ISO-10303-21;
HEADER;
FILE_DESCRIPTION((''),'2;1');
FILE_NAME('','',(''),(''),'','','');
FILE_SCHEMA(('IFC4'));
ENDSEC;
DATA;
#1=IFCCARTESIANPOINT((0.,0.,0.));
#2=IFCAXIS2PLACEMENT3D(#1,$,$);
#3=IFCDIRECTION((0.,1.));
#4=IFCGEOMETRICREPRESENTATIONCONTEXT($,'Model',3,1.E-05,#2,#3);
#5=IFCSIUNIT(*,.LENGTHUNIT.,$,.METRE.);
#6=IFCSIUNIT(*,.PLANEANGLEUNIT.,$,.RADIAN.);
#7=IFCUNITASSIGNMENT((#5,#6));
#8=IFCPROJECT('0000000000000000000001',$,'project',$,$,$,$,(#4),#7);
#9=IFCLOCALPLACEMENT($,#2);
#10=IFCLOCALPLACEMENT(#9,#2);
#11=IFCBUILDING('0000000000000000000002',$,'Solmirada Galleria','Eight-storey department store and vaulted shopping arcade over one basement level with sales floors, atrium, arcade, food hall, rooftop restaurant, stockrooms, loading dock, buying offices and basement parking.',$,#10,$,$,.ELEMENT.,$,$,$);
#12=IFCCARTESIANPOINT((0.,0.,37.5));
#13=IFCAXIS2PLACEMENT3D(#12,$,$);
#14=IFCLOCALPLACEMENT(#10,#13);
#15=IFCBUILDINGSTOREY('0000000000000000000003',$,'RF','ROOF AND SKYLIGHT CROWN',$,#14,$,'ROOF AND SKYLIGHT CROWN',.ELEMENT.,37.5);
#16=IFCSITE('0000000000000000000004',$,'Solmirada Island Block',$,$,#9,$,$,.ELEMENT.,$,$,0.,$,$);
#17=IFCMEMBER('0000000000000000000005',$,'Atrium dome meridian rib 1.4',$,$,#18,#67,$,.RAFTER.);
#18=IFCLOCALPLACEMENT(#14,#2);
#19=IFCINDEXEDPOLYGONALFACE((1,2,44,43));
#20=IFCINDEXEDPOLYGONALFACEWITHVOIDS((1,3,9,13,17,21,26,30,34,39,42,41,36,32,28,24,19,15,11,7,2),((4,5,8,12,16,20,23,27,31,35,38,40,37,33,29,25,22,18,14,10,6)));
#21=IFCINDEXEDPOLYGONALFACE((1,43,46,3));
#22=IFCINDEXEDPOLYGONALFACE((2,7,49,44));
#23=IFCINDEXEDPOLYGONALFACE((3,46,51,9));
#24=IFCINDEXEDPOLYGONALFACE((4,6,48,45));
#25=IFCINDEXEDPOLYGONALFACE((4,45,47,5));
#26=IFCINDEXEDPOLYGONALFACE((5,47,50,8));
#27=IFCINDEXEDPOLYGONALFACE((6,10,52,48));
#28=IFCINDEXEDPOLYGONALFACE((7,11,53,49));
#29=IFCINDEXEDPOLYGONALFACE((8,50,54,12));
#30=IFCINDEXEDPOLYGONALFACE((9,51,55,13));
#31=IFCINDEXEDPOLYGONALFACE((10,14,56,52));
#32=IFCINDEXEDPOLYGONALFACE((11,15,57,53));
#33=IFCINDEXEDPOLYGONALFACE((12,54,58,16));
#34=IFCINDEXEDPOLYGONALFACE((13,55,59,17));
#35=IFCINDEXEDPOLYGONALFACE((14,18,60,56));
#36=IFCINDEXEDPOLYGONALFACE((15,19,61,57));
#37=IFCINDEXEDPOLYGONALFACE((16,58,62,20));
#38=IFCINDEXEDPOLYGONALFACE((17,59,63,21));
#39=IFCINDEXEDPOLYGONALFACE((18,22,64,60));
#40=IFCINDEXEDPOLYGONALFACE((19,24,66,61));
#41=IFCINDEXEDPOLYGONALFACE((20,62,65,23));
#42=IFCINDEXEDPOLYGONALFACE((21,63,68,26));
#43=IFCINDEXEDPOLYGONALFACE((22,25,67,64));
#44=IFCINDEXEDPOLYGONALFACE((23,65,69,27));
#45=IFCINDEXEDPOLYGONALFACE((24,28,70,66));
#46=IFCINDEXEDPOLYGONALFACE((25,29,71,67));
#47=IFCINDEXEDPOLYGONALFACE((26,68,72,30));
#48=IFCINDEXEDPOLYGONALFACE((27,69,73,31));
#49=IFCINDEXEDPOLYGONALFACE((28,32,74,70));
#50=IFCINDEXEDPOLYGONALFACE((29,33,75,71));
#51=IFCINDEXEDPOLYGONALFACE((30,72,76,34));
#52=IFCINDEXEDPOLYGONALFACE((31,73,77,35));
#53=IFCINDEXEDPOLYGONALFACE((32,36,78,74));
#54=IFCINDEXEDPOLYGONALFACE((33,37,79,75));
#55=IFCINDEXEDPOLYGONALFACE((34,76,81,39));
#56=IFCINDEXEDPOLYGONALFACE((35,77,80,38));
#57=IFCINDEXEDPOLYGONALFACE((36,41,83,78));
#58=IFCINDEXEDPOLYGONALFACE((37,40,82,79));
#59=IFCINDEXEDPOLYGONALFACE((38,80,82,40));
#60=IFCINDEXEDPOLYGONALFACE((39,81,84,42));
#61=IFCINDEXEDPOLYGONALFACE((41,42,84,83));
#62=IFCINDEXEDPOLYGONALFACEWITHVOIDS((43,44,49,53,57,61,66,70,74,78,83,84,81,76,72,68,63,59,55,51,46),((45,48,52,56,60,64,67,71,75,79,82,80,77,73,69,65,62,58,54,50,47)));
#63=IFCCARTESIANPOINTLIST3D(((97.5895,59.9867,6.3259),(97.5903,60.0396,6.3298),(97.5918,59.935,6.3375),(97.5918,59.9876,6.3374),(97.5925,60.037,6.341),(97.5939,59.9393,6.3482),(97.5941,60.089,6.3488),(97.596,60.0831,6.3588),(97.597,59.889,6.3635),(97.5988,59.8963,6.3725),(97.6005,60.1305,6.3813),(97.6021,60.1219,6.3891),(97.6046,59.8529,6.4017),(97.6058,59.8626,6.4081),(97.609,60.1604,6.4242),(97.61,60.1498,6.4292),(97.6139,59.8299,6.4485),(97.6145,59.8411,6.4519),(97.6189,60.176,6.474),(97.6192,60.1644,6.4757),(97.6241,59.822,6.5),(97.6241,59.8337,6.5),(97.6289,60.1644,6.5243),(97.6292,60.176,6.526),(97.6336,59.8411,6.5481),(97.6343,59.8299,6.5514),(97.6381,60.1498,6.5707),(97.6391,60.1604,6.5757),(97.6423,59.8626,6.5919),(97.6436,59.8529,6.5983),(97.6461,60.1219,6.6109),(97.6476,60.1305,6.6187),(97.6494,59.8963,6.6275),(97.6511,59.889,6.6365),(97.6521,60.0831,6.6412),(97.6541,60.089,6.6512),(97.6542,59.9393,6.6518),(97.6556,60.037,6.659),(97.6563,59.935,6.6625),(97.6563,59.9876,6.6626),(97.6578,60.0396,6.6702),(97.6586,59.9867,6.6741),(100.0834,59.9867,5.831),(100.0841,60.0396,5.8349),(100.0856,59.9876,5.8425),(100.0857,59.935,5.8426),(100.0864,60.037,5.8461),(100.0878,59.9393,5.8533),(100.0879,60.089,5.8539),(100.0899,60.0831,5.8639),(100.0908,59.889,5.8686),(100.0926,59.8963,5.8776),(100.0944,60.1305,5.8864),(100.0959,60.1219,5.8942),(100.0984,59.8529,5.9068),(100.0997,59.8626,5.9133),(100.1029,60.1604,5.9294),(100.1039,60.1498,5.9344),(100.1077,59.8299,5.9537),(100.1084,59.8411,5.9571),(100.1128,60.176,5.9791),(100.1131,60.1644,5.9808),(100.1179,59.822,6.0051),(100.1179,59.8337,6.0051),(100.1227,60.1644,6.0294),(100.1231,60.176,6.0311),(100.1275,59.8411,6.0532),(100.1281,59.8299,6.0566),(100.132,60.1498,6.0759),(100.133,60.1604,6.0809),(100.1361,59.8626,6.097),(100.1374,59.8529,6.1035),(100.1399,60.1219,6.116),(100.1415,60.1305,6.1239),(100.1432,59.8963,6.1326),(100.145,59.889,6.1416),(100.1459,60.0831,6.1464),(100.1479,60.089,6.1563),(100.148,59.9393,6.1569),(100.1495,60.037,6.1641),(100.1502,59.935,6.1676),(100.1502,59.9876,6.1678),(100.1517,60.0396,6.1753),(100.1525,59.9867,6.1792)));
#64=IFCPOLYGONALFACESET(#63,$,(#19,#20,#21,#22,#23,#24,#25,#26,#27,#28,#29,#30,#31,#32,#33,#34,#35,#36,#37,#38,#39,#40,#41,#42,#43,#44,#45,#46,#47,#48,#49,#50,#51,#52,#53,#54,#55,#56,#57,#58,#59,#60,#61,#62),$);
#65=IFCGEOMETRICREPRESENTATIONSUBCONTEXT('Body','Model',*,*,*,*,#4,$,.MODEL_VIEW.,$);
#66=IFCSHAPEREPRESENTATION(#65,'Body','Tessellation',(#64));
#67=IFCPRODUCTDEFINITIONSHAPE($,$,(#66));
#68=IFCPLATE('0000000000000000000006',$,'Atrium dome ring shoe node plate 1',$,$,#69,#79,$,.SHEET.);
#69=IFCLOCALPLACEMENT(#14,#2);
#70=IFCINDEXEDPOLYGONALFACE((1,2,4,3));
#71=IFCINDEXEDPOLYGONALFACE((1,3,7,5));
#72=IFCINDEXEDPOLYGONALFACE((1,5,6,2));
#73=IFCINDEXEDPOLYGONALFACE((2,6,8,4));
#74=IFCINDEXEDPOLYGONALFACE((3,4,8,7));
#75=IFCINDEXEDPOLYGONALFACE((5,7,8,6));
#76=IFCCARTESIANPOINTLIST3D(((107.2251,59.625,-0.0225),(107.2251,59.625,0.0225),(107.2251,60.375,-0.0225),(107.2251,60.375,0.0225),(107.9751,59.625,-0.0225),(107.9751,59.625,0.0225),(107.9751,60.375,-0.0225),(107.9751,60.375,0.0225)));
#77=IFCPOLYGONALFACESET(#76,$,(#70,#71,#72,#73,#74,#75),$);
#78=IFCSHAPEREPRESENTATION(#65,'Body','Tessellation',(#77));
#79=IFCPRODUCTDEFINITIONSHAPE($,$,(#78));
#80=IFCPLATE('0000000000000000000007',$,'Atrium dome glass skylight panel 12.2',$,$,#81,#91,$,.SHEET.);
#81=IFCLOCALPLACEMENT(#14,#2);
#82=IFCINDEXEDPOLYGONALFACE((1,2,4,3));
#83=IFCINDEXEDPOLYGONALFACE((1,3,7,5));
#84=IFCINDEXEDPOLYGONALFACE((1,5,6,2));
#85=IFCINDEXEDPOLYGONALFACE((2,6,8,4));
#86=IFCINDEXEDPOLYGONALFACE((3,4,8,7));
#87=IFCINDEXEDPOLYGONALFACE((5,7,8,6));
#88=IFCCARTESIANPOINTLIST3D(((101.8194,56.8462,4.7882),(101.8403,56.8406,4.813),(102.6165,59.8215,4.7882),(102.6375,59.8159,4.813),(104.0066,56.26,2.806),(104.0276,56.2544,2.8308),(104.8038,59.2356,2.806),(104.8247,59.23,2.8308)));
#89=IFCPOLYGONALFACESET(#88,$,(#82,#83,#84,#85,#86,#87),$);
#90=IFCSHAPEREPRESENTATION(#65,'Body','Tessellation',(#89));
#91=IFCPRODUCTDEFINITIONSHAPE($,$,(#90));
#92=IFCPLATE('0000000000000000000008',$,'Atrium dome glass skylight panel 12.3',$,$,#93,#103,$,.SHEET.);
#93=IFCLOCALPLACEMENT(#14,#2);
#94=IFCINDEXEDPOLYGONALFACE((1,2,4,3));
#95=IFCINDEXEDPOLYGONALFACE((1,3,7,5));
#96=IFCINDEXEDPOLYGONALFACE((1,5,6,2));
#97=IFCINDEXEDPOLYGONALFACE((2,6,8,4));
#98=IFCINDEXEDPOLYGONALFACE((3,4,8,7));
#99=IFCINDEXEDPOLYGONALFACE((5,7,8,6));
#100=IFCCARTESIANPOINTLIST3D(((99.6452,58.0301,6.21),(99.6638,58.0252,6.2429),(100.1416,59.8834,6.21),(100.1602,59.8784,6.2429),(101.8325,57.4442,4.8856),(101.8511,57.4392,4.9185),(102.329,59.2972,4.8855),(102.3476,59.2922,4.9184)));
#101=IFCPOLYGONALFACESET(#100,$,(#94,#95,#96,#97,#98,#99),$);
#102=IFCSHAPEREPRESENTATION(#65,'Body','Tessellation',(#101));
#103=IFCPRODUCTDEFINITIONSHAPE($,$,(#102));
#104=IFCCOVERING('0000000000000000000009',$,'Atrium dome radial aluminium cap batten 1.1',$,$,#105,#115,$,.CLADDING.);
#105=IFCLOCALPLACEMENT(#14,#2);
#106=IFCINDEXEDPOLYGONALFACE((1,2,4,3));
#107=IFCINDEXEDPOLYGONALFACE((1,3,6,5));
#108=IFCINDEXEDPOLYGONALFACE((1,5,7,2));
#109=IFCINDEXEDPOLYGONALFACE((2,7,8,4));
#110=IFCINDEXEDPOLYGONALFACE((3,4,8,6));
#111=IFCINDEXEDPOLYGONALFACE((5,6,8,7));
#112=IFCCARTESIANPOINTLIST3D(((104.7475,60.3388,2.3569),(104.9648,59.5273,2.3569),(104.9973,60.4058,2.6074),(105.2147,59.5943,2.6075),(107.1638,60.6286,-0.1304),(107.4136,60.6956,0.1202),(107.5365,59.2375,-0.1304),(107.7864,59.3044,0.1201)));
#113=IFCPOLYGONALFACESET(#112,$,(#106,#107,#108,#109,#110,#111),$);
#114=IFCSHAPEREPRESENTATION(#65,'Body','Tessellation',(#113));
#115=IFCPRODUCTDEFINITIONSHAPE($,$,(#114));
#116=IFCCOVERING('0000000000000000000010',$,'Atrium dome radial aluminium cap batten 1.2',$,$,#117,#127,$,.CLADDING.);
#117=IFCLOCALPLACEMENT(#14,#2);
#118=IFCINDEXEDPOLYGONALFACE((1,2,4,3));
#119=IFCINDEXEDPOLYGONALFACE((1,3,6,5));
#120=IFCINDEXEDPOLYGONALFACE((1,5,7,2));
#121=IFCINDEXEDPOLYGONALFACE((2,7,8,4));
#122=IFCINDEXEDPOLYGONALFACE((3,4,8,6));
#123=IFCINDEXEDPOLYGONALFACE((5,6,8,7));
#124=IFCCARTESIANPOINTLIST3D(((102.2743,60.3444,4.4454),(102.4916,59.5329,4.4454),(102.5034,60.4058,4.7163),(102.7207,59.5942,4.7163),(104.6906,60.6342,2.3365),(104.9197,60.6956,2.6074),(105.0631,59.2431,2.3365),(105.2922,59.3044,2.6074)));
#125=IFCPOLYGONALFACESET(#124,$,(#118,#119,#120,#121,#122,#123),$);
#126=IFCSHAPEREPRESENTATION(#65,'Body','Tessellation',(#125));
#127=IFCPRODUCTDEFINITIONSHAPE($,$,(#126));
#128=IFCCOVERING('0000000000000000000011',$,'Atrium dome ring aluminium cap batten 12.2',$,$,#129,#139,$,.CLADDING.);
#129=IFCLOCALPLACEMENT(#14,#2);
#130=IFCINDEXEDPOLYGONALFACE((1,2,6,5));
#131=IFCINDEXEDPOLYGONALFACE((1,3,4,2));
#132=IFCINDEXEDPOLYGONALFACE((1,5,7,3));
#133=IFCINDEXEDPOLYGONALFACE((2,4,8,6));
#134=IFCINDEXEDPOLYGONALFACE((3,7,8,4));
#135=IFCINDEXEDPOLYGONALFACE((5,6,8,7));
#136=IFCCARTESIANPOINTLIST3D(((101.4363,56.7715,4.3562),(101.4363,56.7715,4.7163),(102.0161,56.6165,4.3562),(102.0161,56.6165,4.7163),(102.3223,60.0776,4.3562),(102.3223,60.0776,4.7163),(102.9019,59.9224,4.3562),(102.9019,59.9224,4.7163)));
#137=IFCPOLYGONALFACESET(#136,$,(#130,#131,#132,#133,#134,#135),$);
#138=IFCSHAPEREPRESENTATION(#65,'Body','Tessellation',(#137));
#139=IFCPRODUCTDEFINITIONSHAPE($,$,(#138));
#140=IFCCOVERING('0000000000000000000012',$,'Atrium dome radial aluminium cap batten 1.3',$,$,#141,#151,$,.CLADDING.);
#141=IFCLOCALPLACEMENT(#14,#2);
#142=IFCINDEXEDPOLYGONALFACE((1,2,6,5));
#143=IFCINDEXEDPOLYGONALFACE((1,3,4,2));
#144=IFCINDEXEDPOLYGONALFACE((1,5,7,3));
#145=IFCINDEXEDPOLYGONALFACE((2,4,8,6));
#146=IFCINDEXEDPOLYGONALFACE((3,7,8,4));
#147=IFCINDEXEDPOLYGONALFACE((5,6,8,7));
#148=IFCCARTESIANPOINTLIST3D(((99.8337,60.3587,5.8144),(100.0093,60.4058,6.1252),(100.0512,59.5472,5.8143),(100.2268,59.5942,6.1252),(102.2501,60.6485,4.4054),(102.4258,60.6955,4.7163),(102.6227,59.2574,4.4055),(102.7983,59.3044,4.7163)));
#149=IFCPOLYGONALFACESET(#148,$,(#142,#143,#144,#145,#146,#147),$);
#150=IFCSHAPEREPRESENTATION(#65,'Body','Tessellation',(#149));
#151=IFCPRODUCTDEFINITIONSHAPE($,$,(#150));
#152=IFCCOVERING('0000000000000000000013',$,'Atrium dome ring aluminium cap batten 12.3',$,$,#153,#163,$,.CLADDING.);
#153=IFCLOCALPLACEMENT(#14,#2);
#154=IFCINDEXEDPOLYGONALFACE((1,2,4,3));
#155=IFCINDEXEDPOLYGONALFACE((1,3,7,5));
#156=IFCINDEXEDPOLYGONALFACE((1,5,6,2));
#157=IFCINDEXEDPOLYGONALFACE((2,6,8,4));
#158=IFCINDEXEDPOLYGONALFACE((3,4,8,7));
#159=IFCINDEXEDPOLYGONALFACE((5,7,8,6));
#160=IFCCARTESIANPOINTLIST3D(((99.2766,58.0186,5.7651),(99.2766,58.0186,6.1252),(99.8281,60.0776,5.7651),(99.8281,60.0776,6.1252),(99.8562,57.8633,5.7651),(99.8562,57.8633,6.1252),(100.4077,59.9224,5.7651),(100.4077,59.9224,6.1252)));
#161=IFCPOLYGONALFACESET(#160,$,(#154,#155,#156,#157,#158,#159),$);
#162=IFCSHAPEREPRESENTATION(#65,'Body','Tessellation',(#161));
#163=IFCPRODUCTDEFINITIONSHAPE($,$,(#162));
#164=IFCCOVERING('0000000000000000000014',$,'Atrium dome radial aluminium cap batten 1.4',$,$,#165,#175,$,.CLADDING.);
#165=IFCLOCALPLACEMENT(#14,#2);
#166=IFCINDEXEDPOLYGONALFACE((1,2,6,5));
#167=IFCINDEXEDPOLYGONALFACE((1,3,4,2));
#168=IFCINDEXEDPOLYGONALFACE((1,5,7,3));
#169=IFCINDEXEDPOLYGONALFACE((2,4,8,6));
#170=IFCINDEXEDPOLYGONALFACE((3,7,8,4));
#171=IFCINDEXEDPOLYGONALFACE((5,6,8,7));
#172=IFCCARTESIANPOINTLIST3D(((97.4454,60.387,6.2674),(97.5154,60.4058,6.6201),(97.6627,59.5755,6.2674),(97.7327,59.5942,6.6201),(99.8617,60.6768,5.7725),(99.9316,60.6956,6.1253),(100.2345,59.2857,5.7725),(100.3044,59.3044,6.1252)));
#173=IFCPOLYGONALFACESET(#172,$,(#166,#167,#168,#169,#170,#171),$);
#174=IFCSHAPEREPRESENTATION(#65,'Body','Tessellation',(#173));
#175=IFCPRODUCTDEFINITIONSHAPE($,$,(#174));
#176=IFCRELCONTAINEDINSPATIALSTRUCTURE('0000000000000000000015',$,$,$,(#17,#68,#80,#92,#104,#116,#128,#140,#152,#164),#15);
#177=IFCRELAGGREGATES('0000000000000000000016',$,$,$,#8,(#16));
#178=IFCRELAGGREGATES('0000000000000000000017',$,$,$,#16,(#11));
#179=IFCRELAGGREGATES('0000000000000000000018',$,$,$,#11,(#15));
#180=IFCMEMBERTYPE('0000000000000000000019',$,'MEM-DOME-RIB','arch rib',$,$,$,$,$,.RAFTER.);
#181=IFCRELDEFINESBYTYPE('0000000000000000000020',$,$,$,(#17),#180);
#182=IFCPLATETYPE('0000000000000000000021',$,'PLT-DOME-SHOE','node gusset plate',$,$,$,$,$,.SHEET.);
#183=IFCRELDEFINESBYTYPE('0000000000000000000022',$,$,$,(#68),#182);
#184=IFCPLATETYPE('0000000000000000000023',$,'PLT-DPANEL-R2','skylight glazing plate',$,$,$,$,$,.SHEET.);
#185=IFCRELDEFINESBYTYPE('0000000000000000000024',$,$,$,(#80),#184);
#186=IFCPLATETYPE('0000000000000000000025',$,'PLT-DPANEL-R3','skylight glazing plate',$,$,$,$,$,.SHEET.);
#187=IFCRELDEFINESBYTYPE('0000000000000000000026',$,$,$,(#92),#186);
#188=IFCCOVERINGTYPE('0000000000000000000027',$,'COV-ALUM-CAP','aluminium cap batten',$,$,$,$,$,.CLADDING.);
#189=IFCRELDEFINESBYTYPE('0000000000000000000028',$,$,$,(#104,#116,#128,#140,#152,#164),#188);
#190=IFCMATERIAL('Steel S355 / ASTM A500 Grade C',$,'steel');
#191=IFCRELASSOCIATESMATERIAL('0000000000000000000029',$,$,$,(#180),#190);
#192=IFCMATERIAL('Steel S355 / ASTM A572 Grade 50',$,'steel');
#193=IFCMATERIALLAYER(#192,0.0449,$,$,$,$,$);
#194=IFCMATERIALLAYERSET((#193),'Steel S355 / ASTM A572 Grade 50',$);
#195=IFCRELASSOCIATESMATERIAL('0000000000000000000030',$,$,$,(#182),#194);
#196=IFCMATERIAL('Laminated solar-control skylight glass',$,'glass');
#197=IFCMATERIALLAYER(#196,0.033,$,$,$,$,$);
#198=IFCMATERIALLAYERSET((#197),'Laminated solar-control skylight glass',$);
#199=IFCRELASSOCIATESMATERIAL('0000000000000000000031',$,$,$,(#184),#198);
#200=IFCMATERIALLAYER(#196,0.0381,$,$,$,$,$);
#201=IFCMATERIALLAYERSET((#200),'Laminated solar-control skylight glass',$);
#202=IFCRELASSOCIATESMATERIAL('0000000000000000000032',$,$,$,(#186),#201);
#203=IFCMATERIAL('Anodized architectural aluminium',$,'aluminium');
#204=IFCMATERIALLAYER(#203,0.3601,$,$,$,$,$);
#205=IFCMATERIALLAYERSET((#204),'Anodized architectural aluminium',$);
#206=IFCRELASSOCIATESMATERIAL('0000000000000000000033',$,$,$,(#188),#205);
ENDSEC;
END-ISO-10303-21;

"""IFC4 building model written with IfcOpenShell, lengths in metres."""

from ifc_helpers import new_model, si_unit, direction, frame, origin, origin_2d, place, context, subcontext, project, spatial, polyline, rectangle, hollow_circle, outline, extrude, material, layer, layer_set, material_profile, profile_set, type_object, element, save


model = new_model("IFC4")

# Units and contexts
model_context = context("Model", 3, precision=1e-05, world=origin(), true_north=direction((0.0, 1.0)))
body_context = subcontext(model_context, "Body", "Model", "MODEL_VIEW")
ifc_project = project(units=[si_unit("LENGTHUNIT", "METRE"), si_unit("PLANEANGLEUNIT", "RADIAN")], contexts=[model_context])

# Site, building, storey
site_placement = place(None, origin())
site = spatial("IfcSite", under=ifc_project, at=site_placement, Name="Solmirada Island Block", CompositionType="ELEMENT", RefElevation=0.0)
building_placement = place(site_placement, origin())
building = spatial("IfcBuilding", under=site, at=building_placement, Name="Solmirada Galleria", Description="Eight-storey department store and vaulted shopping arcade over one basement level with sales floors, atrium, arcade, food hall, rooftop restaurant, stockrooms, loading dock, buying offices and basement parking.", CompositionType="ELEMENT")
storey_placement = place(building_placement, frame((0.0, 0.0, 37.5)))
storey = spatial("IfcBuildingStorey", under=building, at=storey_placement, Name="RF", Description="ROOF AND SKYLIGHT CROWN", LongName="ROOF AND SKYLIGHT CROWN", CompositionType="ELEMENT", Elevation=37.5)

# Member
ifc_material_1 = material(Name="Steel S355 / ASTM A500 Grade C", Category="steel")
ifc_material_profile_1 = material_profile(ifc_material_1, hollow_circle(Radius=0.178, WallThickness=0.0117, at=origin_2d()), Name="HSS14.000X0.500")
ifc_profile_set_1 = profile_set([ifc_material_profile_1], Name="Steel S355 / ASTM A500 Grade C")
member_type_1 = type_object("IfcMemberType", Name="MEM-DOME-RIB", Description="arch rib", PredefinedType="RAFTER", material=ifc_profile_set_1)
member_1_placement = place(storey_placement, frame((100.1179, 60.0, 6.0051), z_axis=(-0.980875, 0.0, 0.194639), x_axis=(0.0, -1.0, 0.0)))
element("IfcMember", 1, at=member_1_placement, inside=storey, type_object=member_type_1, Name="Atrium dome meridian rib 1.4", PredefinedType="RAFTER", context=body_context, shape_type="SweptSolid", body=[
    extrude(hollow_circle(Radius=0.178, WallThickness=0.0117, at=origin_2d()), origin(), (0.0, 0.0, 1.0), 2.5425),
])

# Plates
ifc_material_2 = material(Name="Steel S355 / ASTM A572 Grade 50", Category="steel")
ifc_layer_1 = layer(ifc_material_2, 0.0449)
ifc_layer_set_1 = layer_set([ifc_layer_1], Name="Steel S355 / ASTM A572 Grade 50")
plate_type_1 = type_object("IfcPlateType", Name="PLT-DOME-SHOE", Description="node gusset plate", PredefinedType="SHEET", material=ifc_layer_set_1)
plate_1_placement = place(storey_placement, frame((107.6001, 60.0, -0.0225), z_axis=(0.0, 0.0, 1.0), x_axis=(1.0, 0.0, 0.0)))
element("IfcPlate", 2, at=plate_1_placement, inside=storey, type_object=plate_type_1, Name="Atrium dome ring shoe node plate 1", PredefinedType="SHEET", context=body_context, shape_type="SweptSolid", body=[
    extrude(rectangle(XDim=0.75, YDim=0.75, at=origin_2d()), origin(), (0.0, 0.0, 1.0), 0.0449),
])
ifc_material_3 = material(Name="Laminated solar-control skylight glass", Category="glass")
ifc_layer_2 = layer(ifc_material_3, 0.033)
ifc_layer_set_2 = layer_set([ifc_layer_2], Name="Laminated solar-control skylight glass")
plate_type_2 = type_object("IfcPlateType", Name="PLT-DPANEL-R2", Description="skylight glazing plate", PredefinedType="SHEET", material=ifc_layer_set_2)
plate_2_placement = place(storey_placement, frame((104.0276, 56.2544, 2.8308), z_axis=(0.636224, -0.170443, 0.752442), x_axis=(0.258767, 0.96594, 0.000005)))
element("IfcPlate", 3, at=plate_2_placement, inside=storey, type_object=plate_type_2, Name="Atrium dome glass skylight panel 12.2", PredefinedType="SHEET", context=body_context, shape_type="SweptSolid", body=[
    extrude(outline(polyline([(0.0, 0.0), (3.0805, 0.0), (3.0805, 3.0094), (0.0002, 3.0094), (0.0, 0.0)])), origin(), (0.0, 0.0, -1.0), 0.033),
])
ifc_layer_3 = layer(ifc_material_3, 0.0381)
ifc_layer_set_3 = layer_set([ifc_layer_3], Name="Laminated solar-control skylight glass")
plate_type_3 = type_object("IfcPlateType", Name="PLT-DPANEL-R3", Description="skylight glazing plate", PredefinedType="SHEET", material=ifc_layer_set_3)
plate_3_placement = place(storey_placement, frame((101.8511, 57.4392, 4.9185), z_axis=(0.487666, -0.130646, 0.8632), x_axis=(0.258831, 0.965923, -0.000034)))
element("IfcPlate", 4, at=plate_3_placement, inside=storey, type_object=plate_type_3, Name="Atrium dome glass skylight panel 12.3", PredefinedType="SHEET", context=body_context, shape_type="SweptSolid", body=[
    extrude(outline(polyline([(0.0, 0.0), (1.9184, 0.0), (1.9184, 2.6235), (-0.0002, 2.6233), (0.0, 0.0)])), origin(), (0.0, 0.0, -1.0), 0.0381),
])

# Coverings
ifc_material_4 = material(Name="Anodized architectural aluminium", Category="aluminium")
ifc_layer_4 = layer(ifc_material_4, 0.3601)
ifc_layer_set_4 = layer_set([ifc_layer_4], Name="Anodized architectural aluminium")
covering_type = type_object("IfcCoveringType", Name="COV-ALUM-CAP", Description="aluminium cap batten", PredefinedType="CLADDING", material=ifc_layer_set_4)
covering_1_placement = place(storey_placement, frame((107.7864, 59.3044, 0.1201), z_axis=(0.693846, 0.185882, 0.695719), x_axis=(-0.258814, 0.965927, 0.000041)))
element("IfcCovering", 5, at=covering_1_placement, inside=storey, type_object=covering_type, Name="Atrium dome radial aluminium cap batten 1.1", PredefinedType="CLADDING", context=body_context, shape_type="SweptSolid", body=[
    extrude(outline(polyline([(0.0, 0.0), (1.4402, 0.0), (1.7857, 3.4626), (0.9456, 3.4627), (0.0, 0.0)])), origin(), (0.0, 0.0, -1.0), 0.3601),
])
covering_2_placement = place(storey_placement, frame((105.2922, 59.3044, 2.6074), z_axis=(0.636263, 0.170385, 0.752422), x_axis=(-0.258687, 0.965961, 0.000011)))
element("IfcCovering", 6, at=covering_2_placement, inside=storey, type_object=covering_type, Name="Atrium dome radial aluminium cap batten 1.2", PredefinedType="CLADDING", context=body_context, shape_type="SweptSolid", body=[
    extrude(outline(polyline([(0.0, 0.0), (1.4401, 0.0), (1.7853, 3.2017), (0.9452, 3.2017), (0.0, 0.0)])), origin(), (0.0, 0.0, -1.0), 0.3601),
])
covering_3_placement = place(storey_placement, frame((102.0161, 56.6165, 4.7163), z_axis=(0.0, 0.0, 1.0), x_axis=(-0.966066, 0.258296, 0.0)))
element("IfcCovering", 7, at=covering_3_placement, inside=storey, type_object=covering_type, Name="Atrium dome ring aluminium cap batten 12.2", PredefinedType="CLADDING", context=body_context, shape_type="SweptSolid", body=[
    extrude(outline(polyline([(0.0, 0.0), (0.6002, 0.0), (0.5982, -3.4228), (-0.0018, -3.4225), (0.0, 0.0)])), origin(), (0.0, 0.0, -1.0), 0.3601),
])
covering_4_placement = place(storey_placement, frame((102.7983, 59.3044, 4.7163), z_axis=(0.487649, 0.130642, 0.86321), x_axis=(-0.258717, 0.965953, -0.000036)))
element("IfcCovering", 8, at=covering_4_placement, inside=storey, type_object=covering_type, Name="Atrium dome radial aluminium cap batten 1.3", PredefinedType="CLADDING", context=body_context, shape_type="SweptSolid", body=[
    extrude(outline(polyline([(0.0, 0.0), (1.4401, 0.0), (1.7853, 2.7909), (0.9452, 2.7908), (0.0, 0.0)])), origin(), (0.0, 0.0, -1.0), 0.3601),
])
covering_5_placement = place(storey_placement, frame((99.8562, 57.8633, 6.1252), z_axis=(0.0, 0.0, 1.0), x_axis=(-0.965937, 0.258777, 0.0)))
element("IfcCovering", 9, at=covering_5_placement, inside=storey, type_object=covering_type, Name="Atrium dome ring aluminium cap batten 12.3", PredefinedType="CLADDING", context=body_context, shape_type="SweptSolid", body=[
    extrude(outline(polyline([(0.0, 0.0), (0.6, 0.0), (0.6001, -2.1317), (0.0001, -2.1317), (0.0, 0.0)])), origin(), (0.0, 0.0, -1.0), 0.3601),
])
covering_6_placement = place(storey_placement, frame((100.3044, 59.3044, 6.1252), z_axis=(0.194365, 0.052071, 0.979546), x_axis=(-0.258851, 0.965917, 0.000016)))
element("IfcCovering", 10, at=covering_6_placement, inside=storey, type_object=covering_type, Name="Atrium dome radial aluminium cap batten 1.4", PredefinedType="CLADDING", context=body_context, shape_type="SweptSolid", body=[
    extrude(outline(polyline([(0.0, 0.0), (1.4402, 0.0), (1.7857, 2.4592), (0.9456, 2.4594), (0.0, 0.0)])), origin(), (0.0, 0.0, -1.0), 0.3601),
])

save(model, "model.ifc")
